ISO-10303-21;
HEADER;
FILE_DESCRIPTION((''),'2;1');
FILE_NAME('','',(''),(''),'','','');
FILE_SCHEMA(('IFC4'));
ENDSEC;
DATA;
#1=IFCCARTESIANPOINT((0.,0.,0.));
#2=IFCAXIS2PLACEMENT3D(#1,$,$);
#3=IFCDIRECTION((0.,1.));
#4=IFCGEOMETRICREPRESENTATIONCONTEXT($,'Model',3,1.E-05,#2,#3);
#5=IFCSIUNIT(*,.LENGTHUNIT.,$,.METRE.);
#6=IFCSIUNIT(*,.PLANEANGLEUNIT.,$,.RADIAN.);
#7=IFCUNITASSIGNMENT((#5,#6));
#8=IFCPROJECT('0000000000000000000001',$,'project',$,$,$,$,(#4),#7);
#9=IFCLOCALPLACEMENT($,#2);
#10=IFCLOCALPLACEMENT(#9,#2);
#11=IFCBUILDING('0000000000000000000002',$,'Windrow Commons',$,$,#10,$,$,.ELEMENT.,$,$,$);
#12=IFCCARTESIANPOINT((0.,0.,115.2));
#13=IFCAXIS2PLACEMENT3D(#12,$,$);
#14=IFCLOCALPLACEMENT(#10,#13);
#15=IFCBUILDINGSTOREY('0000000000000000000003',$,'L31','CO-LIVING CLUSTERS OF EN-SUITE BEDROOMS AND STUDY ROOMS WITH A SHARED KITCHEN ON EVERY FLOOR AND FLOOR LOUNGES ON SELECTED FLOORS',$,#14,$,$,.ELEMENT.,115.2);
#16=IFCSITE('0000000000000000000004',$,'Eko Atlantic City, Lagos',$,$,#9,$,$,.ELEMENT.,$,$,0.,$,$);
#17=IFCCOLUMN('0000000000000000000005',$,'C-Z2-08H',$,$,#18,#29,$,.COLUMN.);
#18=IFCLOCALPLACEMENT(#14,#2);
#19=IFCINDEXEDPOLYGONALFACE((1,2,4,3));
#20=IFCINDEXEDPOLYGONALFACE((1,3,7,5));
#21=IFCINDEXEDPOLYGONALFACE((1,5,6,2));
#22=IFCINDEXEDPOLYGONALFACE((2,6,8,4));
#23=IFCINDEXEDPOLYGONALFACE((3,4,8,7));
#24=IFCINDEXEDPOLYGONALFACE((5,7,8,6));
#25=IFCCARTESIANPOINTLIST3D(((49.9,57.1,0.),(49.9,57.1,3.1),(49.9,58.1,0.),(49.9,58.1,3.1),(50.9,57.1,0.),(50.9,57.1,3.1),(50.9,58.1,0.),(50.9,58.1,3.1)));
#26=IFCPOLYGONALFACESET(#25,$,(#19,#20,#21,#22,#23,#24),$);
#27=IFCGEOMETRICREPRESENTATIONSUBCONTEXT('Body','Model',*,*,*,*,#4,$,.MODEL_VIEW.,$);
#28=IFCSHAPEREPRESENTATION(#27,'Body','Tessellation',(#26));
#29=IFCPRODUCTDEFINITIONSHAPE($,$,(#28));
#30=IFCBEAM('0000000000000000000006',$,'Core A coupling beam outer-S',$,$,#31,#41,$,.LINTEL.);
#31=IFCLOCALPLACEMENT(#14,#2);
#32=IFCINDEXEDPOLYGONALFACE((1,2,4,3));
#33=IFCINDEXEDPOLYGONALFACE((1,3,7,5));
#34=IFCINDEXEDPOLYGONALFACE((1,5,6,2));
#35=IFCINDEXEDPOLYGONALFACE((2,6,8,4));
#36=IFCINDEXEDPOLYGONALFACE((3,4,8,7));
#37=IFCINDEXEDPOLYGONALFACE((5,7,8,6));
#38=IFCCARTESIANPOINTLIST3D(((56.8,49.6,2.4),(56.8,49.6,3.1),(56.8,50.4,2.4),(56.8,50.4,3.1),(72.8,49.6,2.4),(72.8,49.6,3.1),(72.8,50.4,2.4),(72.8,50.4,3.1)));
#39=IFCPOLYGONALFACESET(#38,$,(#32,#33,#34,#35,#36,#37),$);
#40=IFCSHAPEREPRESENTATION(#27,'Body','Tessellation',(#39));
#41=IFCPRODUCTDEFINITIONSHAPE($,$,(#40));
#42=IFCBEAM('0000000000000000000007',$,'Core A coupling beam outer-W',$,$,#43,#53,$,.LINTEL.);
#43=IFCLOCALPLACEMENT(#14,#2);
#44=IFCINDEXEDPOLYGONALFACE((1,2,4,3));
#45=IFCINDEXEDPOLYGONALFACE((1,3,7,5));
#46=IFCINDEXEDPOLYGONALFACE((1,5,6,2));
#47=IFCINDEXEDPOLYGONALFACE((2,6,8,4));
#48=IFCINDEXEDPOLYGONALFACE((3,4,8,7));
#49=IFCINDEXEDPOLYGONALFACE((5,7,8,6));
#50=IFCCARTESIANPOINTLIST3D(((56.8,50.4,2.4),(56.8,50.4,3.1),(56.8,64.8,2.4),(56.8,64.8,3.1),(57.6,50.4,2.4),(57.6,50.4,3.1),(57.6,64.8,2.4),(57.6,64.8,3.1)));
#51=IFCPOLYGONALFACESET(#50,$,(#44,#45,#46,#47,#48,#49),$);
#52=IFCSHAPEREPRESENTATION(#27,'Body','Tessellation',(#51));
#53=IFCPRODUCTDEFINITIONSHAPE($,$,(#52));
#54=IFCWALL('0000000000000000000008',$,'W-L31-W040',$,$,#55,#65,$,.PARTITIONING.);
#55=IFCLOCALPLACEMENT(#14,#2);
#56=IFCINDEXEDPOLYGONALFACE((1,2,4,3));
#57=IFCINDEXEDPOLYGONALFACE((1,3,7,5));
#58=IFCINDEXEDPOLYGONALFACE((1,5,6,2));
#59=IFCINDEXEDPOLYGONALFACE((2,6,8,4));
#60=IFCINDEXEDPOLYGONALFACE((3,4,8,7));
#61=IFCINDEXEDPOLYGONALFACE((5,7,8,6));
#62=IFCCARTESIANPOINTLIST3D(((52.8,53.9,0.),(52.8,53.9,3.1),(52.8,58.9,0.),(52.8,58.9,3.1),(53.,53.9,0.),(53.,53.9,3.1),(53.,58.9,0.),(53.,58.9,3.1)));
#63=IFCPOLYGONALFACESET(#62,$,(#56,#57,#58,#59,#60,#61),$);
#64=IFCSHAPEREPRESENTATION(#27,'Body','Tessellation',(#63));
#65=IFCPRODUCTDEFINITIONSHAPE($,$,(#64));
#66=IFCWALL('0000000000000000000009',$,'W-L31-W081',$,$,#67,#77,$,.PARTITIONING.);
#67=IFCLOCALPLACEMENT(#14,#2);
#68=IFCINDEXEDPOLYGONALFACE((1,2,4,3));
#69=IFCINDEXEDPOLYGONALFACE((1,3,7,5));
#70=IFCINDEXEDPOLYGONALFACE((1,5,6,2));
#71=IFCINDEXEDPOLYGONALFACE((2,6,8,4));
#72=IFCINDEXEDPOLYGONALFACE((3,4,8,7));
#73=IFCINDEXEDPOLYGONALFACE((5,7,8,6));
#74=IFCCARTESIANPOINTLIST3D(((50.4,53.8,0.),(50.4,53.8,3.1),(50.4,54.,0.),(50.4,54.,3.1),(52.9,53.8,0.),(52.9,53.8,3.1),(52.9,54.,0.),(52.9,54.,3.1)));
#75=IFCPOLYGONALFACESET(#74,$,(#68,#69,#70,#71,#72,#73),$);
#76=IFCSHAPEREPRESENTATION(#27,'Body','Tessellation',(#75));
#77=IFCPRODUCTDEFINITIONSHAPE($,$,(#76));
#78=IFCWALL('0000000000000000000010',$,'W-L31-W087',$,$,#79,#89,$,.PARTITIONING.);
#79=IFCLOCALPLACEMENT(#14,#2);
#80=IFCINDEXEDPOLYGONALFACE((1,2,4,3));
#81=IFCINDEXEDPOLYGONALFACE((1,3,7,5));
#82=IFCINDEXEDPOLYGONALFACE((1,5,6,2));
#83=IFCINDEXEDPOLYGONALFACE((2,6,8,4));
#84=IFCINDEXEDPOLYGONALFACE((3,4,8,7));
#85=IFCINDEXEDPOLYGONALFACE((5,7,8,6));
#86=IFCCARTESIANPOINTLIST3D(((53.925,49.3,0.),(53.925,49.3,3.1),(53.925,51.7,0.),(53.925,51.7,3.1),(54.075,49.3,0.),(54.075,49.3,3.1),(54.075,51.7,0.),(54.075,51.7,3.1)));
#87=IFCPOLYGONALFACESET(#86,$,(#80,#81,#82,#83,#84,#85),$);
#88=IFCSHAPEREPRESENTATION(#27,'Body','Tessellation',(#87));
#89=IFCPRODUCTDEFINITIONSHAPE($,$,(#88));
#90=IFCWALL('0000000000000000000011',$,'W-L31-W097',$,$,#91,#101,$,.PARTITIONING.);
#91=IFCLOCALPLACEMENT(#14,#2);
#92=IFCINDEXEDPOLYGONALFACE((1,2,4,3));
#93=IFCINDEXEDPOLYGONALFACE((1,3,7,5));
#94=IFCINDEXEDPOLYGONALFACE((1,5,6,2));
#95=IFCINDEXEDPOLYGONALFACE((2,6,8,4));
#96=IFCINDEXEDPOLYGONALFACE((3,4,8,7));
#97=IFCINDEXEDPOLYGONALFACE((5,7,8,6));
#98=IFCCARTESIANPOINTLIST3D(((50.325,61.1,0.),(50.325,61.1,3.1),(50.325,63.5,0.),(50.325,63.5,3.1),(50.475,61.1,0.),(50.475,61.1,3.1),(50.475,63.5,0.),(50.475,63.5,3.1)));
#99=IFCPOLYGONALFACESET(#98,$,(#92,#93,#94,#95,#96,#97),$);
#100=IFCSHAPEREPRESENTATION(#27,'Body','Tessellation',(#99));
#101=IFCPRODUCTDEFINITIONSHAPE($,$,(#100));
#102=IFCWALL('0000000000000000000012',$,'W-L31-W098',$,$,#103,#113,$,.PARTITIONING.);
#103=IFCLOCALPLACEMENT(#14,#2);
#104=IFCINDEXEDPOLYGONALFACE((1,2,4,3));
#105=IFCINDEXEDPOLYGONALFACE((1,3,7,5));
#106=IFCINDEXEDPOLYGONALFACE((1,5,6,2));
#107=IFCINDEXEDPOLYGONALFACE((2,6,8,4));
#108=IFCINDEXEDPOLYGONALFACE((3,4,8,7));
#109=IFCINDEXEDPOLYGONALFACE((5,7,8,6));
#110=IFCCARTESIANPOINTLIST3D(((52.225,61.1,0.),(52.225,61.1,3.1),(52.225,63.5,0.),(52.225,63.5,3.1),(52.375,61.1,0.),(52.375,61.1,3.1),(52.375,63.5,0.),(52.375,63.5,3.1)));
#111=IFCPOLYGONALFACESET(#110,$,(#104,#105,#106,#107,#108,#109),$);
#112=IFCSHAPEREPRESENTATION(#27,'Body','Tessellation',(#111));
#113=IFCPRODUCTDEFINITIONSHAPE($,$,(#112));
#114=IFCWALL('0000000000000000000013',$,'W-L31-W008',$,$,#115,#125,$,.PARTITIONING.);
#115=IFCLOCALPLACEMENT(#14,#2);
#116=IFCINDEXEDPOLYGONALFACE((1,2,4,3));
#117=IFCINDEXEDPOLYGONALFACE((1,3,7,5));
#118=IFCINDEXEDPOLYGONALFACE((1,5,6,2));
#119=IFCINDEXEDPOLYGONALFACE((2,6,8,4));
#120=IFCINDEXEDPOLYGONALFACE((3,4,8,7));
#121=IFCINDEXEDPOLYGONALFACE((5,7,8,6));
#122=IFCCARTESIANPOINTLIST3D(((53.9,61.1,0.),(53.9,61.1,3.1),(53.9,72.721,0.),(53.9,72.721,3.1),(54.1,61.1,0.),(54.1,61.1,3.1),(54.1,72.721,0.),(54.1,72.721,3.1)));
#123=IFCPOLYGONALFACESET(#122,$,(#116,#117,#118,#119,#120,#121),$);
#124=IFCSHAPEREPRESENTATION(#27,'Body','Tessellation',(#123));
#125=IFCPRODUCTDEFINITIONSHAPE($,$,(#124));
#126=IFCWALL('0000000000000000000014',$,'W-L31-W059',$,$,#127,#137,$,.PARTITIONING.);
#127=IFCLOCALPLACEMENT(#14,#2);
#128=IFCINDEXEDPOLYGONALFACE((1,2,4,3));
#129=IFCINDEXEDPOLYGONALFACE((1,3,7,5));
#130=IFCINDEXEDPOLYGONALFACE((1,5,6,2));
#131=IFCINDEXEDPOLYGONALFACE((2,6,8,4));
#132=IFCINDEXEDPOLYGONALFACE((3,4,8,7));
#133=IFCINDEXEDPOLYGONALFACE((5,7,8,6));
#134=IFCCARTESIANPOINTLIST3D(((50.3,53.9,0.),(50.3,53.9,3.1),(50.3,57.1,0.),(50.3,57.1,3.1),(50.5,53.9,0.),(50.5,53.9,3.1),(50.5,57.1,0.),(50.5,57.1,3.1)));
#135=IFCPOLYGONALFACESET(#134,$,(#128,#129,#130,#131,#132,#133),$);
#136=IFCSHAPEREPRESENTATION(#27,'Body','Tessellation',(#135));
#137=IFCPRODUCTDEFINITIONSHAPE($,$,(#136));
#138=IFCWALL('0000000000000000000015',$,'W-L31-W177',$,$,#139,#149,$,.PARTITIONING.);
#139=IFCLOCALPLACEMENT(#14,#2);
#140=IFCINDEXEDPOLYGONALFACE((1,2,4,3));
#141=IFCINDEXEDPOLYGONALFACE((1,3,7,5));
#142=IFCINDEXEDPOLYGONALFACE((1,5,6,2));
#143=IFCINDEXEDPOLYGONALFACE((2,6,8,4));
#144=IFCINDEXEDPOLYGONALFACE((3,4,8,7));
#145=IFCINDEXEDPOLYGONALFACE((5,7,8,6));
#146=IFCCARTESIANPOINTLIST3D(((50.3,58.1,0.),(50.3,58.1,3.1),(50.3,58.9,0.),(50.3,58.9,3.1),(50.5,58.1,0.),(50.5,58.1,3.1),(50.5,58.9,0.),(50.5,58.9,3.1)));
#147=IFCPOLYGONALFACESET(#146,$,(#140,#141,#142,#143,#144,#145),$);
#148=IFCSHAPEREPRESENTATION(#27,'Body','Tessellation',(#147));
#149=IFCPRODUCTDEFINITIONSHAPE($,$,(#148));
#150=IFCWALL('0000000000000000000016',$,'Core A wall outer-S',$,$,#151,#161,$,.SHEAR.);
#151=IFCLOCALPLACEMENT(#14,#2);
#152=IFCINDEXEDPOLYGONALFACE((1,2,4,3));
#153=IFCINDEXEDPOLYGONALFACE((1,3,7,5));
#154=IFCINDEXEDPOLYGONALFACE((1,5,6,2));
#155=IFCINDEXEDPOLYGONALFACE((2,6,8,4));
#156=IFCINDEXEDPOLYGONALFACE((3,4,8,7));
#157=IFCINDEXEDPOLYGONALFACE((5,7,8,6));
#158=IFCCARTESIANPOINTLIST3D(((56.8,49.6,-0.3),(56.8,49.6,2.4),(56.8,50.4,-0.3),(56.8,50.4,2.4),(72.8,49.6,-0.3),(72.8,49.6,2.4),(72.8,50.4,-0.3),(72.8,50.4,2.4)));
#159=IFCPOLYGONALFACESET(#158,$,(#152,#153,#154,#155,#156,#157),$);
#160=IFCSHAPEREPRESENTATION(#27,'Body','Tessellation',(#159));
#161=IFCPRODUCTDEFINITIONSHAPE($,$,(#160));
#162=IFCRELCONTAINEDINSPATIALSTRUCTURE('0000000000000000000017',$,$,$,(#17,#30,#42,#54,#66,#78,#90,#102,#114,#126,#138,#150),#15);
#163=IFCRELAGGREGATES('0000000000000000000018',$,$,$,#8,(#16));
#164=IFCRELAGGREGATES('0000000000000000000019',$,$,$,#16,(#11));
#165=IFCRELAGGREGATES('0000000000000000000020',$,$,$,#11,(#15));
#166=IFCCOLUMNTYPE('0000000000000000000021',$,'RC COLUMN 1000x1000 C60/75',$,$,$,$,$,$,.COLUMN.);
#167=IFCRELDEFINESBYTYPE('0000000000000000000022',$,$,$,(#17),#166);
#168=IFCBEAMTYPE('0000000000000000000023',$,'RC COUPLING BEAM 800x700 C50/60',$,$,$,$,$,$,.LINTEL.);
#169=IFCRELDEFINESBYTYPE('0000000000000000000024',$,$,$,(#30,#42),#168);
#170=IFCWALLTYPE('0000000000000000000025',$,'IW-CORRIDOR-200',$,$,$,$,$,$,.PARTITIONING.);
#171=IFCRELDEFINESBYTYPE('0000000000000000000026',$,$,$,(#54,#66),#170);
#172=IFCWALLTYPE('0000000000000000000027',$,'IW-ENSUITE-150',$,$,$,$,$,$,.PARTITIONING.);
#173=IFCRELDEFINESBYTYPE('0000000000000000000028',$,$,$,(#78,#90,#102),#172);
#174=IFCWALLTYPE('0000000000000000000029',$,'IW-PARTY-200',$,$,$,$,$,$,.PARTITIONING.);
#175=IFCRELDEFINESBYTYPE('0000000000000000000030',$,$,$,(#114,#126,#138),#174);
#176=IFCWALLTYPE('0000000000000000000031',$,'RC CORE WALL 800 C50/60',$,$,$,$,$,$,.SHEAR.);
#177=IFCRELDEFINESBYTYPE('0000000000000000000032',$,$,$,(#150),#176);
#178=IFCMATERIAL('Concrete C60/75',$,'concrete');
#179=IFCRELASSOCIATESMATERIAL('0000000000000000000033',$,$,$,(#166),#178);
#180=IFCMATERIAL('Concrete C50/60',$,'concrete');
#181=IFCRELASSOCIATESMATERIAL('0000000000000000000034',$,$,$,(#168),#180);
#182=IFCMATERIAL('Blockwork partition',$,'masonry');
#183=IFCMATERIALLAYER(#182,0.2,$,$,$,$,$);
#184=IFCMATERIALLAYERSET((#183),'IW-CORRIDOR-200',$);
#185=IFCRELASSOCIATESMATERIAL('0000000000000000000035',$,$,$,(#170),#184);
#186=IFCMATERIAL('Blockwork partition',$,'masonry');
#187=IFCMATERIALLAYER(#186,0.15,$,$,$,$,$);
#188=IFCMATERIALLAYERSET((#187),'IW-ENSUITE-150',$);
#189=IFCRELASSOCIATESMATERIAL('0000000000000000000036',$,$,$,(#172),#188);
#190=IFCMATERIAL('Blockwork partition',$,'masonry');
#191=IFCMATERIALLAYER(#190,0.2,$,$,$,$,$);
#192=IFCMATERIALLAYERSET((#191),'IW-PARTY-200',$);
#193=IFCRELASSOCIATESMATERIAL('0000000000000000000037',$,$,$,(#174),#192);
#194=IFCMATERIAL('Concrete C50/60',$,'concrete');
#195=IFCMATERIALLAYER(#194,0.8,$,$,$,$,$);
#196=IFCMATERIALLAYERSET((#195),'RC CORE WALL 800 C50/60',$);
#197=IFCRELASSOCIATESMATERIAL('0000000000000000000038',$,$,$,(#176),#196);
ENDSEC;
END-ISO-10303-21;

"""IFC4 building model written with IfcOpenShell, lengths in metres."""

from ifc_helpers import new_model, si_unit, direction, frame, frame_2d, origin, origin_2d, place, context, subcontext, project, spatial, rectangle, extrude, material, layer, layer_set, material_profile, profile_set, type_object, element, save


model = new_model("IFC4")

# Units and contexts
model_context = context("Model", 3, precision=1e-05, world=origin(), true_north=direction((0.0, 1.0)))
body_context = subcontext(model_context, "Body", "Model", "MODEL_VIEW")
ifc_project = project(units=[si_unit("LENGTHUNIT", "METRE"), si_unit("PLANEANGLEUNIT", "RADIAN")], contexts=[model_context])

# Site, building, storey
site_placement = place(None, origin())
site = spatial("IfcSite", under=ifc_project, at=site_placement, Name="Eko Atlantic City, Lagos", CompositionType="ELEMENT", RefElevation=0.0)
building_placement = place(site_placement, origin())
building = spatial("IfcBuilding", under=site, at=building_placement, Name="Windrow Commons", CompositionType="ELEMENT")
storey_placement = place(building_placement, frame((0.0, 0.0, 115.2)))
storey = spatial("IfcBuildingStorey", under=building, at=storey_placement, Name="L31", Description="CO-LIVING CLUSTERS OF EN-SUITE BEDROOMS AND STUDY ROOMS WITH A SHARED KITCHEN ON EVERY FLOOR AND FLOOR LOUNGES ON SELECTED FLOORS", CompositionType="ELEMENT", Elevation=115.2)

# Column
ifc_material_1 = material(Name="Concrete C60/75", Category="concrete")
ifc_material_profile_1 = material_profile(ifc_material_1, rectangle(XDim=1.0, YDim=1.0, at=origin_2d()))
ifc_profile_set_1 = profile_set([ifc_material_profile_1], Name="Concrete C60/75")
column_type = type_object("IfcColumnType", Name="RC COLUMN 1000x1000 C60/75", PredefinedType="COLUMN", material=ifc_profile_set_1)
column_placement = place(storey_placement, frame((50.4, 57.6, 0.0), z_axis=(0.0, 0.0, 1.0), x_axis=(1.0, 0.0, 0.0)))
element("IfcColumn", 1, at=column_placement, inside=storey, type_object=column_type, Name="C-Z2-08H", PredefinedType="COLUMN", context=body_context, shape_type="SweptSolid", body=[
    extrude(rectangle(XDim=1.0, YDim=1.0, at=origin_2d()), origin(), (0.0, 0.0, 1.0), 3.1),
])

# Beams
ifc_material_2 = material(Name="Concrete C50/60", Category="concrete")
ifc_material_profile_2 = material_profile(ifc_material_2, rectangle(XDim=0.8, YDim=0.7, at=origin_2d()))
ifc_profile_set_2 = profile_set([ifc_material_profile_2], Name="Concrete C50/60")
beam_type = type_object("IfcBeamType", Name="RC COUPLING BEAM 800x700 C50/60", PredefinedType="LINTEL", material=ifc_profile_set_2)
beam_1_placement = place(storey_placement, frame((56.8, 50.0, 2.75), z_axis=(1.0, 0.0, 0.0), x_axis=(0.0, 1.0, 0.0)))
element("IfcBeam", 2, at=beam_1_placement, inside=storey, type_object=beam_type, Name="Core A coupling beam outer-S", PredefinedType="LINTEL", context=body_context, shape_type="SweptSolid", body=[
    extrude(rectangle(XDim=0.8, YDim=0.7, at=origin_2d()), origin(), (0.0, 0.0, 1.0), 16.0),
])
beam_2_placement = place(storey_placement, frame((57.2, 50.4, 2.75), z_axis=(0.0, 1.0, 0.0), x_axis=(-1.0, 0.0, 0.0)))
element("IfcBeam", 3, at=beam_2_placement, inside=storey, type_object=beam_type, Name="Core A coupling beam outer-W", PredefinedType="LINTEL", context=body_context, shape_type="SweptSolid", body=[
    extrude(rectangle(XDim=0.8, YDim=0.7, at=origin_2d()), origin(), (0.0, 0.0, 1.0), 14.4),
])

# Walls
ifc_material_3 = material(Name="Blockwork partition", Category="masonry")
ifc_layer_1 = layer(ifc_material_3, 0.2)
ifc_layer_set_1 = layer_set([ifc_layer_1], Name="IW-CORRIDOR-200")
wall_type_1 = type_object("IfcWallType", Name="IW-CORRIDOR-200", PredefinedType="PARTITIONING", material=ifc_layer_set_1)
wall_1_placement = place(storey_placement, frame((52.9, 53.9, 0.0), z_axis=(0.0, 0.0, 1.0), x_axis=(0.0, 1.0, 0.0)))
element("IfcWall", 4, at=wall_1_placement, inside=storey, type_object=wall_type_1, Name="W-L31-W040", PredefinedType="PARTITIONING", context=body_context, shape_type="SweptSolid", body=[
    extrude(rectangle(XDim=5.0, YDim=0.2, at=frame_2d((2.5, 0.0))), origin(), (0.0, 0.0, 1.0), 3.1),
])
wall_2_placement = place(storey_placement, frame((50.4, 53.9, 0.0), z_axis=(0.0, 0.0, 1.0), x_axis=(1.0, 0.0, 0.0)))
element("IfcWall", 5, at=wall_2_placement, inside=storey, type_object=wall_type_1, Name="W-L31-W081", PredefinedType="PARTITIONING", context=body_context, shape_type="SweptSolid", body=[
    extrude(rectangle(XDim=2.5, YDim=0.2, at=frame_2d((1.25, 0.0))), origin(), (0.0, 0.0, 1.0), 3.1),
])
ifc_material_4 = material(Name="Blockwork partition", Category="masonry")
ifc_layer_2 = layer(ifc_material_4, 0.15)
ifc_layer_set_2 = layer_set([ifc_layer_2], Name="IW-ENSUITE-150")
wall_type_2 = type_object("IfcWallType", Name="IW-ENSUITE-150", PredefinedType="PARTITIONING", material=ifc_layer_set_2)
for number, where, z_axis, x_axis, name in (
    (6, (54.0, 49.3, 0.0), (0.0, 0.0, 1.0), (0.0, 1.0, 0.0), "W-L31-W087"),
    (7, (50.4, 61.1, 0.0), (0.0, 0.0, 1.0), (0.0, 1.0, 0.0), "W-L31-W097"),
    (8, (52.3, 61.1, 0.0), (0.0, 0.0, 1.0), (0.0, 1.0, 0.0), "W-L31-W098"),
):
    element("IfcWall", number, at=place(storey_placement, frame(where, z_axis=z_axis, x_axis=x_axis)), inside=storey, type_object=wall_type_2, Name=name, PredefinedType="PARTITIONING", context=body_context, shape_type="SweptSolid", body=[
        extrude(rectangle(XDim=2.4, YDim=0.15, at=frame_2d((1.2, 0.0))), origin(), (0.0, 0.0, 1.0), 3.1),
    ])
ifc_material_5 = material(Name="Blockwork partition", Category="masonry")
ifc_layer_3 = layer(ifc_material_5, 0.2)
ifc_layer_set_3 = layer_set([ifc_layer_3], Name="IW-PARTY-200")
wall_type_3 = type_object("IfcWallType", Name="IW-PARTY-200", PredefinedType="PARTITIONING", material=ifc_layer_set_3)
wall_3_placement = place(storey_placement, frame((54.0, 61.1, 0.0), z_axis=(0.0, 0.0, 1.0), x_axis=(0.0, 1.0, 0.0)))
element("IfcWall", 9, at=wall_3_placement, inside=storey, type_object=wall_type_3, Name="W-L31-W008", PredefinedType="PARTITIONING", context=body_context, shape_type="SweptSolid", body=[
    extrude(rectangle(XDim=11.6209, YDim=0.2, at=frame_2d((5.8105, 0.0))), origin(), (0.0, 0.0, 1.0), 3.1),
])
wall_4_placement = place(storey_placement, frame((50.4, 53.9, 0.0), z_axis=(0.0, 0.0, 1.0), x_axis=(0.0, 1.0, 0.0)))
element("IfcWall", 10, at=wall_4_placement, inside=storey, type_object=wall_type_3, Name="W-L31-W059", PredefinedType="PARTITIONING", context=body_context, shape_type="SweptSolid", body=[
    extrude(rectangle(XDim=3.2, YDim=0.2, at=frame_2d((1.6, 0.0))), origin(), (0.0, 0.0, 1.0), 3.1),
])
wall_5_placement = place(storey_placement, frame((50.4, 58.1, 0.0), z_axis=(0.0, 0.0, 1.0), x_axis=(0.0, 1.0, 0.0)))
element("IfcWall", 11, at=wall_5_placement, inside=storey, type_object=wall_type_3, Name="W-L31-W177", PredefinedType="PARTITIONING", context=body_context, shape_type="SweptSolid", body=[
    extrude(rectangle(XDim=0.8, YDim=0.2, at=frame_2d((0.4, 0.0))), origin(), (0.0, 0.0, 1.0), 3.1),
])
ifc_material_6 = material(Name="Concrete C50/60", Category="concrete")
ifc_layer_4 = layer(ifc_material_6, 0.8)
ifc_layer_set_4 = layer_set([ifc_layer_4], Name="RC CORE WALL 800 C50/60")
wall_type_4 = type_object("IfcWallType", Name="RC CORE WALL 800 C50/60", PredefinedType="SHEAR", material=ifc_layer_set_4)
wall_6_placement = place(storey_placement, frame((56.8, 50.0, -0.3), z_axis=(0.0, 0.0, 1.0), x_axis=(1.0, 0.0, 0.0)))
element("IfcWall", 12, at=wall_6_placement, inside=storey, type_object=wall_type_4, Name="Core A wall outer-S", PredefinedType="SHEAR", context=body_context, shape_type="SweptSolid", body=[
    extrude(rectangle(XDim=16.0, YDim=0.8, at=frame_2d((8.0, 0.0))), origin(), (0.0, 0.0, 1.0), 2.7),
])

save(model, "model.ifc")
